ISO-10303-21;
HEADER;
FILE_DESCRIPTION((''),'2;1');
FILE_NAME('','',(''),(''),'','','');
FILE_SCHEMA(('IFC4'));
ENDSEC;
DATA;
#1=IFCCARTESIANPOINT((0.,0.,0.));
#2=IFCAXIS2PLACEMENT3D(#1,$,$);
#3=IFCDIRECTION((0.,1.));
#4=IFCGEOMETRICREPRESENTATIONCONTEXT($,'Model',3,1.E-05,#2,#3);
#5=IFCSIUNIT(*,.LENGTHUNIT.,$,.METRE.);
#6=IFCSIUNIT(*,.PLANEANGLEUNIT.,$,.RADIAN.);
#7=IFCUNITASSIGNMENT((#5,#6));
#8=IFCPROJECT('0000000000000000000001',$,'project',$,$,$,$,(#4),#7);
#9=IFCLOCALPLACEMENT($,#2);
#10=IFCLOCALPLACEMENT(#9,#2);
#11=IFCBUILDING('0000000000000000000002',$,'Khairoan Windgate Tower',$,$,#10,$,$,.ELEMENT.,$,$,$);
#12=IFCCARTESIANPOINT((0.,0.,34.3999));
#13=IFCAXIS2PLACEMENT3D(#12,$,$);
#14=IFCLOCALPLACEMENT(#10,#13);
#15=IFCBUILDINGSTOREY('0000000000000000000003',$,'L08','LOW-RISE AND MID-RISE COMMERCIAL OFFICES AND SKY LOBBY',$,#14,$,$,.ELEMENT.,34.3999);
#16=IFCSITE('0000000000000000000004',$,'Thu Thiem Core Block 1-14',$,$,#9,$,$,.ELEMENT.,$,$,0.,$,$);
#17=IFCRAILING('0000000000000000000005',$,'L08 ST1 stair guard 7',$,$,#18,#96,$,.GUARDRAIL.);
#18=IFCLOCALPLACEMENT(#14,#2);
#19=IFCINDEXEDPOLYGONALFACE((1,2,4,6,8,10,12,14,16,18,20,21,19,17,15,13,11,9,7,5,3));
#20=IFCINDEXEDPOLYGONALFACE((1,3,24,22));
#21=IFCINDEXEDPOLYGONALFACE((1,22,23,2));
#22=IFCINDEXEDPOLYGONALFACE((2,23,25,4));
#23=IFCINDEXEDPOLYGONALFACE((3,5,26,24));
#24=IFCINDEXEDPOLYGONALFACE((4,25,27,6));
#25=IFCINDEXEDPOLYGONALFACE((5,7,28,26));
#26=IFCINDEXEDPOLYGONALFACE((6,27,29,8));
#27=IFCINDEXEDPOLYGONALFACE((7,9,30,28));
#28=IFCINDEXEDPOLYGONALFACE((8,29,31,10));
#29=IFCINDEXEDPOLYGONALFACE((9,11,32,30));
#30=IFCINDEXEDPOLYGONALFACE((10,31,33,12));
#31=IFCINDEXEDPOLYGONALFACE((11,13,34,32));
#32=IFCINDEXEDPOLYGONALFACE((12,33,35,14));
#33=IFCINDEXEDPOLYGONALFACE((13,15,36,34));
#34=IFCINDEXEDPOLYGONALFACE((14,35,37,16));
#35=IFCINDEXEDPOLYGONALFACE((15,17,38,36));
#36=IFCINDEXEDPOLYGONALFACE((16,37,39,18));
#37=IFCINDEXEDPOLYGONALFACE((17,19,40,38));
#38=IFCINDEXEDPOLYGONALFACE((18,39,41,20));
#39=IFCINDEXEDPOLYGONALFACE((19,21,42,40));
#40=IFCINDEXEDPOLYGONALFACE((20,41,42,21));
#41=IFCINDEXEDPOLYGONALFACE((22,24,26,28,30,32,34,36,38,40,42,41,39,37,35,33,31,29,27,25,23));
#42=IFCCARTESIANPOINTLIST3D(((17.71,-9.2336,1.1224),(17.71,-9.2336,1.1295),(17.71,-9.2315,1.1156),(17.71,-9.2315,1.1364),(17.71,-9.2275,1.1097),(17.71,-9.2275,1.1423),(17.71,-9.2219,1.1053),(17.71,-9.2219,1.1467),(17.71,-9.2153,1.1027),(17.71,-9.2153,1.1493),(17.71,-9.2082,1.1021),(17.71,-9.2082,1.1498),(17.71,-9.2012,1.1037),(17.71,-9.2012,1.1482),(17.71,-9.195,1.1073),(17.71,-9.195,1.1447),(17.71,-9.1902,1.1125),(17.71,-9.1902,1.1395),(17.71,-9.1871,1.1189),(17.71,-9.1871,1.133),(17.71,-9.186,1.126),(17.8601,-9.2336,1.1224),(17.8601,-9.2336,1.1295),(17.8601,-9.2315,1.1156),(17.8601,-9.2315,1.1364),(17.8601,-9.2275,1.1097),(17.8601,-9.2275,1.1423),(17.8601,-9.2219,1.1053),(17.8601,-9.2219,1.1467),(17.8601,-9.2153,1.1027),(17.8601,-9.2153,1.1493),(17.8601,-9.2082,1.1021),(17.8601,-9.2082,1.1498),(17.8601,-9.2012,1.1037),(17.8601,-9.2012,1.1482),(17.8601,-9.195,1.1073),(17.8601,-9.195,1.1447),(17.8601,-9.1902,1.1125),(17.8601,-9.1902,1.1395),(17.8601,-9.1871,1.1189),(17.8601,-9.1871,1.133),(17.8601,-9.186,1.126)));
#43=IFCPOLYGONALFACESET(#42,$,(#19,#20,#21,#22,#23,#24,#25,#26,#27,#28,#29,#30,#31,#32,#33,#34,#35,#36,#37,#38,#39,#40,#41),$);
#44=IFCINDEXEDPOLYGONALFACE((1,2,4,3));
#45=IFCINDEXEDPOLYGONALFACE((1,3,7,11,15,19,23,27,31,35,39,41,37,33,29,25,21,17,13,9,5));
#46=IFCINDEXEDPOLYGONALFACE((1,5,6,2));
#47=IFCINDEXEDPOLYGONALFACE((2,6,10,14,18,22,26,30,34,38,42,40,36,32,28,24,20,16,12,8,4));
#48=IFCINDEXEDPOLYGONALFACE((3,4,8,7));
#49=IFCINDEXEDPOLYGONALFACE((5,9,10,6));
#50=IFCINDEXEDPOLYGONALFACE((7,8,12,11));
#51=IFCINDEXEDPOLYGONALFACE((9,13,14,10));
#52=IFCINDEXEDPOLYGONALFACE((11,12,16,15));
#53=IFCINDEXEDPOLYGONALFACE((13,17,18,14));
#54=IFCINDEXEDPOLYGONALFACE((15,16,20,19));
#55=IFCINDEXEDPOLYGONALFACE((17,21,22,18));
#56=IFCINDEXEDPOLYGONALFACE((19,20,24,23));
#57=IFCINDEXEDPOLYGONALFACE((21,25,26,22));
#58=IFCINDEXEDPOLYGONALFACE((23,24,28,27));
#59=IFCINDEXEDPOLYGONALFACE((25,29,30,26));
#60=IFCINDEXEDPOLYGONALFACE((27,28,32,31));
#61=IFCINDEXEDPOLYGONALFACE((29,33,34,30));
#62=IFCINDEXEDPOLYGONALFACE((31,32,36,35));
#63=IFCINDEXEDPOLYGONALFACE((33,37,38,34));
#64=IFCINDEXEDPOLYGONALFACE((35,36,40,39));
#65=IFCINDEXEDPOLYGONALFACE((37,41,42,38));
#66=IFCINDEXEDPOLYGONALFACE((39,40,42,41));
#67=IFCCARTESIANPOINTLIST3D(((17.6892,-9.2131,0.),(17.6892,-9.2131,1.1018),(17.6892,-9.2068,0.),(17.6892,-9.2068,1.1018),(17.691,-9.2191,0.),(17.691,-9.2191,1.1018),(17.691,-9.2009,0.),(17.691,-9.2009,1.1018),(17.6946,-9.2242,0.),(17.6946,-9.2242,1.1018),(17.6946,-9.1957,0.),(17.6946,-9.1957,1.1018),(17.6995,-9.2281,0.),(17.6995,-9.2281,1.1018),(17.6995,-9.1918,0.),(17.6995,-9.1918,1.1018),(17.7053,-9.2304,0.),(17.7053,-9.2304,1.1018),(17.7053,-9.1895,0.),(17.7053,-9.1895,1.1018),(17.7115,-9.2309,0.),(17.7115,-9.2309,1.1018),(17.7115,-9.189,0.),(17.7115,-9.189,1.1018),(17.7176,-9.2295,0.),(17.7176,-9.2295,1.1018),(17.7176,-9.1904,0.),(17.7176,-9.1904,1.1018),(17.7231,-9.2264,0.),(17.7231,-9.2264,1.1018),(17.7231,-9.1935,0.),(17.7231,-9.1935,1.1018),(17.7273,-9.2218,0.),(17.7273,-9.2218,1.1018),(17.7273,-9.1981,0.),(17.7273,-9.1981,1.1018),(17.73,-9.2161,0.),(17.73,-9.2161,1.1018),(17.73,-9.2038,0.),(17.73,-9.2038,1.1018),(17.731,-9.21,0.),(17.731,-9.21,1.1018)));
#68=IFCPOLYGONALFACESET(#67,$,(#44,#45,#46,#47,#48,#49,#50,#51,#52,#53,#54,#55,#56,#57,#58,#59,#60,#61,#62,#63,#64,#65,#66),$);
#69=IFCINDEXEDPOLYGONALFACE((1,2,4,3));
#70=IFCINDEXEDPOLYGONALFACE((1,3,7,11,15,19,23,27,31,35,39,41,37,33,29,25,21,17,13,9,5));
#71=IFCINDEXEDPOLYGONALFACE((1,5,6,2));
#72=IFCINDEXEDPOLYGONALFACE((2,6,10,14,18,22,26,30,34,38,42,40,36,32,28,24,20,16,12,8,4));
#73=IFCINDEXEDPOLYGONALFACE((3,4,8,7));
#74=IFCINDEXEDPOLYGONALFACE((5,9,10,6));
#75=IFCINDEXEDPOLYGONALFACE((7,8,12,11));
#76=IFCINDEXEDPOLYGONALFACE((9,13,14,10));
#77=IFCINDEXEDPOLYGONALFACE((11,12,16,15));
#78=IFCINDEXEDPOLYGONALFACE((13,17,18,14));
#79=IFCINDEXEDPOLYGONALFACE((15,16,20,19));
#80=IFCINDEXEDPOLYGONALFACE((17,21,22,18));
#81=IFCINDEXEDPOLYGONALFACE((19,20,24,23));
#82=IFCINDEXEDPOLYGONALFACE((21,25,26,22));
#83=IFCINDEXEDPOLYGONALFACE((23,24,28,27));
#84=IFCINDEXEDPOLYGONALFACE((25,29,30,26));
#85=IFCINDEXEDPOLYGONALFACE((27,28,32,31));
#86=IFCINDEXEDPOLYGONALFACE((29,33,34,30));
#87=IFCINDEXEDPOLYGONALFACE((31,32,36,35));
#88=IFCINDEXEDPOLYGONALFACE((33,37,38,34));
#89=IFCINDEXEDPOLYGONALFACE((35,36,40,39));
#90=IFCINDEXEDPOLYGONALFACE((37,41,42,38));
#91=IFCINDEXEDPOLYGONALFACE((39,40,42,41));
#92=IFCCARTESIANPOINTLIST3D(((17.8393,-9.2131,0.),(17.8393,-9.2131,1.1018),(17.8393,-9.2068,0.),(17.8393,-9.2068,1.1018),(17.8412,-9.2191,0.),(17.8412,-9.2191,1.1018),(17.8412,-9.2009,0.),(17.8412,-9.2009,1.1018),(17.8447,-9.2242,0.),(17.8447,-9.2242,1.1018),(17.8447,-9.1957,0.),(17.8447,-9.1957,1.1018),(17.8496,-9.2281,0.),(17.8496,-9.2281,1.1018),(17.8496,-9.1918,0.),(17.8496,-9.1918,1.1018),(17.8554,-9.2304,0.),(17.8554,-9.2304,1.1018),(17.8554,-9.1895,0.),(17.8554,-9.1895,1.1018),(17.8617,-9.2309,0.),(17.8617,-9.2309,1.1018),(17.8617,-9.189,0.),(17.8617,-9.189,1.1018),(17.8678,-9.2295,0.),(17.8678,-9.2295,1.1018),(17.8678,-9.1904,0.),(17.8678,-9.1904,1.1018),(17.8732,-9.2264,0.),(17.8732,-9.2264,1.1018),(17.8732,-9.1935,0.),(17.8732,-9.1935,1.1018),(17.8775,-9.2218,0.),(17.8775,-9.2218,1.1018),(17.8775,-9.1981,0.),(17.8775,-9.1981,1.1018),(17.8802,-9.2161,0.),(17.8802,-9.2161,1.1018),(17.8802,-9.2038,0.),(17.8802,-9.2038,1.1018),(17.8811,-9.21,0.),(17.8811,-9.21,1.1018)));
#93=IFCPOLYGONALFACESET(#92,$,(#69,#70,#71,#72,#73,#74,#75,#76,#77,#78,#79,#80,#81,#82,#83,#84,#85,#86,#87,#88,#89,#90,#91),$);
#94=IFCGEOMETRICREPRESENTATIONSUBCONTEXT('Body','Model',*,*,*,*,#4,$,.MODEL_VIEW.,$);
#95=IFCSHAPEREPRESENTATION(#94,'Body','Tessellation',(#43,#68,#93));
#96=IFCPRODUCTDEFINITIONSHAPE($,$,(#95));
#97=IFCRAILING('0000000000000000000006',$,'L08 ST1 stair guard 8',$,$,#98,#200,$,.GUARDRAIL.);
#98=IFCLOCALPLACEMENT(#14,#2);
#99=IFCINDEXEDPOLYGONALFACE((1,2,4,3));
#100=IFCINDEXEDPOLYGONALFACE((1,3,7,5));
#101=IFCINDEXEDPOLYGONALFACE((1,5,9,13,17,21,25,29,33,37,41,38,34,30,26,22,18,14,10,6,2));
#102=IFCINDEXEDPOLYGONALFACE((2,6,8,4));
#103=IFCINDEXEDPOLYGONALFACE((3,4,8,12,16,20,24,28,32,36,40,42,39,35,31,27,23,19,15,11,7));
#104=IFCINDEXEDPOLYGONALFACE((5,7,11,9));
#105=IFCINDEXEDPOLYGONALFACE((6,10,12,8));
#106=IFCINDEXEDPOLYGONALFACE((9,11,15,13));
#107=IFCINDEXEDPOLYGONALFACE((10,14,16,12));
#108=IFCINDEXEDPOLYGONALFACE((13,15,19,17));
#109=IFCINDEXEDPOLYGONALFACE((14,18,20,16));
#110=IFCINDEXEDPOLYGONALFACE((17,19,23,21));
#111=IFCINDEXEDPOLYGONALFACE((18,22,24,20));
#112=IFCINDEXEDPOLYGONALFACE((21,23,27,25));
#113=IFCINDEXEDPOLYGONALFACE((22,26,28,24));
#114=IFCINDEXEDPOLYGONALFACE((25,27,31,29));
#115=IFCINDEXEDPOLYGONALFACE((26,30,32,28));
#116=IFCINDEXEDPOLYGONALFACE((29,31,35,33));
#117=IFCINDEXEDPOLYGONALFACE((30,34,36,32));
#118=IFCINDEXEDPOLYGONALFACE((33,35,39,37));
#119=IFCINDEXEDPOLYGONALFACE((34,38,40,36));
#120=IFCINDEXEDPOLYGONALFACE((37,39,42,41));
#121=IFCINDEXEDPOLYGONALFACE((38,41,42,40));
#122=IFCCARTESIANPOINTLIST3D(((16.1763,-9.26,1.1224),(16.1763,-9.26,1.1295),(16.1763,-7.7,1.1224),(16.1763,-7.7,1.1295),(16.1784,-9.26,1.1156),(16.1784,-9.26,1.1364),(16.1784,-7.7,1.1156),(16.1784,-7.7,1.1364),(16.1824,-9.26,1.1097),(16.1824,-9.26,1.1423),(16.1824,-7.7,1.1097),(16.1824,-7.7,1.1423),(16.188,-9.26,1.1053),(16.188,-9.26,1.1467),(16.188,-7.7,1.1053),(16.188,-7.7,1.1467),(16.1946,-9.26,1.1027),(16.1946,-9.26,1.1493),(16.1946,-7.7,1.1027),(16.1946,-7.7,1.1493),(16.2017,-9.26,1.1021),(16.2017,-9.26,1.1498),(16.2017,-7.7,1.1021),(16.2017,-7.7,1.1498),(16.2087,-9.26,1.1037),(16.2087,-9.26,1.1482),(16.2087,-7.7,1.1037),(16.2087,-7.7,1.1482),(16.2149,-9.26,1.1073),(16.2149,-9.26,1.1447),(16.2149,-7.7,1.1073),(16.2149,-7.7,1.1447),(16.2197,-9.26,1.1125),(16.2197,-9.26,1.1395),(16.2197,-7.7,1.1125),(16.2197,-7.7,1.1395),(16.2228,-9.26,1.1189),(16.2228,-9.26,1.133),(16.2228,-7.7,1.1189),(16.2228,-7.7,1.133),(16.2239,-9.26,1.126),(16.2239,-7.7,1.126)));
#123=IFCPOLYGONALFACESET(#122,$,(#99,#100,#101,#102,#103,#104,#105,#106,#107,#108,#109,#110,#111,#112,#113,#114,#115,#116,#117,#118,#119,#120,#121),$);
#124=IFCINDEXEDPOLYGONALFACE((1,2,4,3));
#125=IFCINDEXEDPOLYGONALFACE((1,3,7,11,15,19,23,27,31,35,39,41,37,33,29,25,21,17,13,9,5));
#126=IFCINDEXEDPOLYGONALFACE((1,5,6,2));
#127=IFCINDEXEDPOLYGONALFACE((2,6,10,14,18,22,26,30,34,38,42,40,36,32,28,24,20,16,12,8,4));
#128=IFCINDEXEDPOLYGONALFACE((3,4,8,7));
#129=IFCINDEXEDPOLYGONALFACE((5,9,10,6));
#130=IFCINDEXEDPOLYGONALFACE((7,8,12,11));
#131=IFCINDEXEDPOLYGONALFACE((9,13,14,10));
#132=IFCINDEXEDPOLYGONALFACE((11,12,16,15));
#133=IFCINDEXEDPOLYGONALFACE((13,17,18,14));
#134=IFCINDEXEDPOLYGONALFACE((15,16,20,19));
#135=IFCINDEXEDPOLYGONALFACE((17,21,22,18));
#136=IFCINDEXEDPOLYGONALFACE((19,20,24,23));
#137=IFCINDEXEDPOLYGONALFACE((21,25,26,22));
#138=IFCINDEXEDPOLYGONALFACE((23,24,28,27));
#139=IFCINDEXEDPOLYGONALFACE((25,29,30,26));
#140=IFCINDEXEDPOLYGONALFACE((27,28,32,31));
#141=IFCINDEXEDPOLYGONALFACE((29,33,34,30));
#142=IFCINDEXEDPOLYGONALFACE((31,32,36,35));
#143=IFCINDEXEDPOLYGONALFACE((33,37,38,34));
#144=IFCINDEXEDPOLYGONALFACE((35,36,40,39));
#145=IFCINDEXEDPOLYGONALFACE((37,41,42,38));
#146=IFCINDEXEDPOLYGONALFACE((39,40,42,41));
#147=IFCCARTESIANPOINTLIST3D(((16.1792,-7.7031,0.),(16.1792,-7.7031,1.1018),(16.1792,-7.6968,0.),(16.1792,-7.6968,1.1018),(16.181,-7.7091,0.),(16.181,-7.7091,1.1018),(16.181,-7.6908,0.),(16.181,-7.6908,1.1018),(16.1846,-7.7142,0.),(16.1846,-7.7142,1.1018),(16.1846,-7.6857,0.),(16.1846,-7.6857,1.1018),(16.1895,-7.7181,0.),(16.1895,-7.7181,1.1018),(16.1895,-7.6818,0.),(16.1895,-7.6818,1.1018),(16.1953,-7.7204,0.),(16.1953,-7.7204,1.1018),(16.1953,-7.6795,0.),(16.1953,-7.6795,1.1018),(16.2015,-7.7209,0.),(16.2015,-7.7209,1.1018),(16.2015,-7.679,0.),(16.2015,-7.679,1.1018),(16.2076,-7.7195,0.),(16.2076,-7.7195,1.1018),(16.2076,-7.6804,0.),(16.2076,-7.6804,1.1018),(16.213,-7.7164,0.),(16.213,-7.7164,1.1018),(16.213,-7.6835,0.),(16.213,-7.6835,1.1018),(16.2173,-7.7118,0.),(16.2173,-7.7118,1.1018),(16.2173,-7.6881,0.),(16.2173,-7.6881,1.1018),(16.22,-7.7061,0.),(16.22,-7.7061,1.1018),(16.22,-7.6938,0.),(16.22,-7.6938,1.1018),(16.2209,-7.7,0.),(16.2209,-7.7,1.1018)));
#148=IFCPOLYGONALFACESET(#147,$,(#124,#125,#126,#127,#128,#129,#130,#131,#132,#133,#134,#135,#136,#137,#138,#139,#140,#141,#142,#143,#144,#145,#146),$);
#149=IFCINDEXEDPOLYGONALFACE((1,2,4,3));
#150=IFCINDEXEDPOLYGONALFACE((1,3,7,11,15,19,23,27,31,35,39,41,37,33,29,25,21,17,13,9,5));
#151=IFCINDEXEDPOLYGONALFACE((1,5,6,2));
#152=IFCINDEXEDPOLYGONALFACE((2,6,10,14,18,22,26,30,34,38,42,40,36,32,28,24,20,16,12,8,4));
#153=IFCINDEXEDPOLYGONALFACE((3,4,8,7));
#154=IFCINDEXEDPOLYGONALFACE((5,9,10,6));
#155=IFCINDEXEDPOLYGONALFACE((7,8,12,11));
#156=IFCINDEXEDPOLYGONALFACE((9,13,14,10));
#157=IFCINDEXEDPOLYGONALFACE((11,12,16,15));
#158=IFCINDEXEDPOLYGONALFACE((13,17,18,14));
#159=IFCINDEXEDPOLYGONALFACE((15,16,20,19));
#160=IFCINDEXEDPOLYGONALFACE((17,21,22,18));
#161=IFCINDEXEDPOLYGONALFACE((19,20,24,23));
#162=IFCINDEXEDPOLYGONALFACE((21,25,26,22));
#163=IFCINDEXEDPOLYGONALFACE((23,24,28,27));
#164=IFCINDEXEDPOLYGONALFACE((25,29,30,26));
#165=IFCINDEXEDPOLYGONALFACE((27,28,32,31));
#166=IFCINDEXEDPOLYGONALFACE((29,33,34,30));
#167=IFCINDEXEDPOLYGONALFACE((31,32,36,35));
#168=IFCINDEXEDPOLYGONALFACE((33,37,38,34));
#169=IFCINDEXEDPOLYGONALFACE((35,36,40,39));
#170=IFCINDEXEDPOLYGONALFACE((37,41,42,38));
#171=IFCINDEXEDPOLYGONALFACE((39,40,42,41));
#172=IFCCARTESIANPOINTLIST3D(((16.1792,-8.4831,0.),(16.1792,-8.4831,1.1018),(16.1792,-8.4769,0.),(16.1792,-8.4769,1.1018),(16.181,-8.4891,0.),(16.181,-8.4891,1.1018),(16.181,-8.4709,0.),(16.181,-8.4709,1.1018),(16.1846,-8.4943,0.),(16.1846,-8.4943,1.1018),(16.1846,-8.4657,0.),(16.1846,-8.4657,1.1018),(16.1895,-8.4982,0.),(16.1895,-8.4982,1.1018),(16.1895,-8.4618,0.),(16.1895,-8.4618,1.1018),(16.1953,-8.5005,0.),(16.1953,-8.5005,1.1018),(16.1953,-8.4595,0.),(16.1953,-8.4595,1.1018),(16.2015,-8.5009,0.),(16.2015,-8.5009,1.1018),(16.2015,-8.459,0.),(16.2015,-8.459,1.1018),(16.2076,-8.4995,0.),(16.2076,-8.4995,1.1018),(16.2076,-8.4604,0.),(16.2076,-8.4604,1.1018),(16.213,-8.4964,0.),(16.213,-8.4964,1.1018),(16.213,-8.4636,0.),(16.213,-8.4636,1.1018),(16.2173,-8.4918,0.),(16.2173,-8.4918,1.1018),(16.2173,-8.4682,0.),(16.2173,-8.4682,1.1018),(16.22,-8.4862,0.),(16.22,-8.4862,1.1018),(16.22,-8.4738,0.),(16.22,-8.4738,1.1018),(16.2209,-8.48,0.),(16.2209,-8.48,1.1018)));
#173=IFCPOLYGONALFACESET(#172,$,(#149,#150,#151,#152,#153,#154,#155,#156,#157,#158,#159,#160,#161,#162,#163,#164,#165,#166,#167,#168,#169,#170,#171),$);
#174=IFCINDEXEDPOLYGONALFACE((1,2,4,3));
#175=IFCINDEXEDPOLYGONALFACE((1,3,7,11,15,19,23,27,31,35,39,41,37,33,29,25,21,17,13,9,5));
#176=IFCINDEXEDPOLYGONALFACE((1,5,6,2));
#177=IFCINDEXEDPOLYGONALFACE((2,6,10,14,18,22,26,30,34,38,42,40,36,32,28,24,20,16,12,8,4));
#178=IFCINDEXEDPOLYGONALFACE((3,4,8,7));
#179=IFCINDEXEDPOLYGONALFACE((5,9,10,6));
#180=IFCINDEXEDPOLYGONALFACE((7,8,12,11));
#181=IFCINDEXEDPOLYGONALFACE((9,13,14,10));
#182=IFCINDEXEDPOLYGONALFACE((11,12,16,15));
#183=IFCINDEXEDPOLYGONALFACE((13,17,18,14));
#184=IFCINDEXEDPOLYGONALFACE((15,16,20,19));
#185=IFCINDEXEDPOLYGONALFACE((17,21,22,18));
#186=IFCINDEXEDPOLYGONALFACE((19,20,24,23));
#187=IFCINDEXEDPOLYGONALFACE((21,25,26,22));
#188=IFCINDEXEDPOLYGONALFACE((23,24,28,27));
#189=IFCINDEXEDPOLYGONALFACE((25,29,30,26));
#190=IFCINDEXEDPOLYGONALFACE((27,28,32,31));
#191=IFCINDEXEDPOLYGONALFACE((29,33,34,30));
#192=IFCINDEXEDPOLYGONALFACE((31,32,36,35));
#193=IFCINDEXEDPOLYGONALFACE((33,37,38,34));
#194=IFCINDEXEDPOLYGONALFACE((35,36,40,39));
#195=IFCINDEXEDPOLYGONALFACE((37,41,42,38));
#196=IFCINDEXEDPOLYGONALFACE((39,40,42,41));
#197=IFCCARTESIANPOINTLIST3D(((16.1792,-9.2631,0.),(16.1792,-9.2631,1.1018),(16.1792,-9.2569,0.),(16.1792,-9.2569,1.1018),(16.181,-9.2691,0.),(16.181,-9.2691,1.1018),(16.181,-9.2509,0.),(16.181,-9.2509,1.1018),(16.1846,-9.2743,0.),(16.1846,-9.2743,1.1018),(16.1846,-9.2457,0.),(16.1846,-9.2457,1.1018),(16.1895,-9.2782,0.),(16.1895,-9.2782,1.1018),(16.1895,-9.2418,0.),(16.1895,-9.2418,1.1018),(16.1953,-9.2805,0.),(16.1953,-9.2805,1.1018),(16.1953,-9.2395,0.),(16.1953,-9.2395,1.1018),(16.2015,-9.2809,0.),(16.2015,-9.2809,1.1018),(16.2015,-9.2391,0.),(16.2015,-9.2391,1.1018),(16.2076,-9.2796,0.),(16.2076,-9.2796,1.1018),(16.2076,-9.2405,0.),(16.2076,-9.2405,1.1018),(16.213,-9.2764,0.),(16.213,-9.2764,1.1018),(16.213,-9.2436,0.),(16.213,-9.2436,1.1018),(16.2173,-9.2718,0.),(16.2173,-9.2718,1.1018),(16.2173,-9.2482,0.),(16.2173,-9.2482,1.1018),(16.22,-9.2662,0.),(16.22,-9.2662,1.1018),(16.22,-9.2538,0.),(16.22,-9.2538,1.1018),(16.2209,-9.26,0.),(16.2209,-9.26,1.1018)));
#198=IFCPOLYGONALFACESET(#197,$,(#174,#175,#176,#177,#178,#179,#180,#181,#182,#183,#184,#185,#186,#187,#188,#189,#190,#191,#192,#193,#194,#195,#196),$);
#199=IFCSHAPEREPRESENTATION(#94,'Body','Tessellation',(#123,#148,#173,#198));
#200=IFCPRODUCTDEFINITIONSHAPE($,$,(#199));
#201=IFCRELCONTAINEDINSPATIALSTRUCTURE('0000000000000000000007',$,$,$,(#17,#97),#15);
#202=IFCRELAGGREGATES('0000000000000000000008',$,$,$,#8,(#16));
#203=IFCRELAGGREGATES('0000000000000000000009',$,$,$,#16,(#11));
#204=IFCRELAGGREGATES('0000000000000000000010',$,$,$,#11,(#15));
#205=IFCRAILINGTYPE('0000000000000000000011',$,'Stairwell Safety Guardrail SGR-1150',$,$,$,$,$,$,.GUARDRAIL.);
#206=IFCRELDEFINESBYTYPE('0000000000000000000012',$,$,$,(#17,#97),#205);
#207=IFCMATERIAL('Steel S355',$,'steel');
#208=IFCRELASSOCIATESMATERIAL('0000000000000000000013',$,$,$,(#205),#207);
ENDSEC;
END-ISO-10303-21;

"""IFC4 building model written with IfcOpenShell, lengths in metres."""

from ifc_helpers import new_model, si_unit, direction, frame, origin, origin_2d, place, context, subcontext, project, spatial, circle, extrude, material, type_object, element, save


model = new_model("IFC4")

# Units and contexts
model_context = context("Model", 3, precision=1e-05, world=origin(), true_north=direction((0.0, 1.0)))
body_context = subcontext(model_context, "Body", "Model", "MODEL_VIEW")
ifc_project = project(units=[si_unit("LENGTHUNIT", "METRE"), si_unit("PLANEANGLEUNIT", "RADIAN")], contexts=[model_context])

# Site, building, storey
site_placement = place(None, origin())
site = spatial("IfcSite", under=ifc_project, at=site_placement, Name="Thu Thiem Core Block 1-14", CompositionType="ELEMENT", RefElevation=0.0)
building_placement = place(site_placement, origin())
building = spatial("IfcBuilding", under=site, at=building_placement, Name="Khairoan Windgate Tower", CompositionType="ELEMENT")
storey_placement = place(building_placement, frame((0.0, 0.0, 34.3999)))
storey = spatial("IfcBuildingStorey", under=building, at=storey_placement, Name="L08", Description="LOW-RISE AND MID-RISE COMMERCIAL OFFICES AND SKY LOBBY", CompositionType="ELEMENT", Elevation=34.3999)

# Railings
ifc_material_1 = material(Name="Steel S355", Category="steel")
railing_type = type_object("IfcRailingType", Name="Stairwell Safety Guardrail SGR-1150", PredefinedType="GUARDRAIL", material=ifc_material_1)
railing_1_placement = place(storey_placement, frame((17.71, -9.21, 0.0)))
element("IfcRailing", 1, at=railing_1_placement, inside=storey, type_object=railing_type, Name="L08 ST1 stair guard 7", PredefinedType="GUARDRAIL", context=body_context, shape_type="SweptSolid", body=[
    extrude(circle(Radius=0.0239, at=origin_2d()), frame((0.0, 0.0, 1.126), z_axis=(1.0, 0.0, 0.0), x_axis=(0.0, 1.0, 0.0)), (0.0, 0.0, 1.0), 0.1501),
    extrude(circle(Radius=0.021, at=origin_2d()), origin(), (0.0, 0.0, 1.0), 1.1018),
    extrude(circle(Radius=0.021, at=origin_2d()), frame((0.1501, 0.0, 0.0)), (0.0, 0.0, 1.0), 1.1018),
])
for number, where, name in (
    (2, (16.2, -7.7, 0.0), "L08 ST1 stair guard 8"),
):
    element("IfcRailing", number, at=place(storey_placement, frame(where)), inside=storey, type_object=railing_type, Name=name, PredefinedType="GUARDRAIL", context=body_context, shape_type="SweptSolid", body=[
        extrude(circle(Radius=0.0239, at=origin_2d()), frame((0.0, 0.0, 1.126), z_axis=(0.0, -1.0, 0.0), x_axis=(1.0, 0.0, 0.0)), (0.0, 0.0, 1.0), 1.5601),
        extrude(circle(Radius=0.021, at=origin_2d()), origin(), (0.0, 0.0, 1.0), 1.1018),
        extrude(circle(Radius=0.021, at=origin_2d()), frame((0.0, -0.78, 0.0)), (0.0, 0.0, 1.0), 1.1018),
        extrude(circle(Radius=0.021, at=origin_2d()), frame((0.0, -1.5601, 0.0)), (0.0, 0.0, 1.0), 1.1018),
    ])

save(model, "model.ifc")
